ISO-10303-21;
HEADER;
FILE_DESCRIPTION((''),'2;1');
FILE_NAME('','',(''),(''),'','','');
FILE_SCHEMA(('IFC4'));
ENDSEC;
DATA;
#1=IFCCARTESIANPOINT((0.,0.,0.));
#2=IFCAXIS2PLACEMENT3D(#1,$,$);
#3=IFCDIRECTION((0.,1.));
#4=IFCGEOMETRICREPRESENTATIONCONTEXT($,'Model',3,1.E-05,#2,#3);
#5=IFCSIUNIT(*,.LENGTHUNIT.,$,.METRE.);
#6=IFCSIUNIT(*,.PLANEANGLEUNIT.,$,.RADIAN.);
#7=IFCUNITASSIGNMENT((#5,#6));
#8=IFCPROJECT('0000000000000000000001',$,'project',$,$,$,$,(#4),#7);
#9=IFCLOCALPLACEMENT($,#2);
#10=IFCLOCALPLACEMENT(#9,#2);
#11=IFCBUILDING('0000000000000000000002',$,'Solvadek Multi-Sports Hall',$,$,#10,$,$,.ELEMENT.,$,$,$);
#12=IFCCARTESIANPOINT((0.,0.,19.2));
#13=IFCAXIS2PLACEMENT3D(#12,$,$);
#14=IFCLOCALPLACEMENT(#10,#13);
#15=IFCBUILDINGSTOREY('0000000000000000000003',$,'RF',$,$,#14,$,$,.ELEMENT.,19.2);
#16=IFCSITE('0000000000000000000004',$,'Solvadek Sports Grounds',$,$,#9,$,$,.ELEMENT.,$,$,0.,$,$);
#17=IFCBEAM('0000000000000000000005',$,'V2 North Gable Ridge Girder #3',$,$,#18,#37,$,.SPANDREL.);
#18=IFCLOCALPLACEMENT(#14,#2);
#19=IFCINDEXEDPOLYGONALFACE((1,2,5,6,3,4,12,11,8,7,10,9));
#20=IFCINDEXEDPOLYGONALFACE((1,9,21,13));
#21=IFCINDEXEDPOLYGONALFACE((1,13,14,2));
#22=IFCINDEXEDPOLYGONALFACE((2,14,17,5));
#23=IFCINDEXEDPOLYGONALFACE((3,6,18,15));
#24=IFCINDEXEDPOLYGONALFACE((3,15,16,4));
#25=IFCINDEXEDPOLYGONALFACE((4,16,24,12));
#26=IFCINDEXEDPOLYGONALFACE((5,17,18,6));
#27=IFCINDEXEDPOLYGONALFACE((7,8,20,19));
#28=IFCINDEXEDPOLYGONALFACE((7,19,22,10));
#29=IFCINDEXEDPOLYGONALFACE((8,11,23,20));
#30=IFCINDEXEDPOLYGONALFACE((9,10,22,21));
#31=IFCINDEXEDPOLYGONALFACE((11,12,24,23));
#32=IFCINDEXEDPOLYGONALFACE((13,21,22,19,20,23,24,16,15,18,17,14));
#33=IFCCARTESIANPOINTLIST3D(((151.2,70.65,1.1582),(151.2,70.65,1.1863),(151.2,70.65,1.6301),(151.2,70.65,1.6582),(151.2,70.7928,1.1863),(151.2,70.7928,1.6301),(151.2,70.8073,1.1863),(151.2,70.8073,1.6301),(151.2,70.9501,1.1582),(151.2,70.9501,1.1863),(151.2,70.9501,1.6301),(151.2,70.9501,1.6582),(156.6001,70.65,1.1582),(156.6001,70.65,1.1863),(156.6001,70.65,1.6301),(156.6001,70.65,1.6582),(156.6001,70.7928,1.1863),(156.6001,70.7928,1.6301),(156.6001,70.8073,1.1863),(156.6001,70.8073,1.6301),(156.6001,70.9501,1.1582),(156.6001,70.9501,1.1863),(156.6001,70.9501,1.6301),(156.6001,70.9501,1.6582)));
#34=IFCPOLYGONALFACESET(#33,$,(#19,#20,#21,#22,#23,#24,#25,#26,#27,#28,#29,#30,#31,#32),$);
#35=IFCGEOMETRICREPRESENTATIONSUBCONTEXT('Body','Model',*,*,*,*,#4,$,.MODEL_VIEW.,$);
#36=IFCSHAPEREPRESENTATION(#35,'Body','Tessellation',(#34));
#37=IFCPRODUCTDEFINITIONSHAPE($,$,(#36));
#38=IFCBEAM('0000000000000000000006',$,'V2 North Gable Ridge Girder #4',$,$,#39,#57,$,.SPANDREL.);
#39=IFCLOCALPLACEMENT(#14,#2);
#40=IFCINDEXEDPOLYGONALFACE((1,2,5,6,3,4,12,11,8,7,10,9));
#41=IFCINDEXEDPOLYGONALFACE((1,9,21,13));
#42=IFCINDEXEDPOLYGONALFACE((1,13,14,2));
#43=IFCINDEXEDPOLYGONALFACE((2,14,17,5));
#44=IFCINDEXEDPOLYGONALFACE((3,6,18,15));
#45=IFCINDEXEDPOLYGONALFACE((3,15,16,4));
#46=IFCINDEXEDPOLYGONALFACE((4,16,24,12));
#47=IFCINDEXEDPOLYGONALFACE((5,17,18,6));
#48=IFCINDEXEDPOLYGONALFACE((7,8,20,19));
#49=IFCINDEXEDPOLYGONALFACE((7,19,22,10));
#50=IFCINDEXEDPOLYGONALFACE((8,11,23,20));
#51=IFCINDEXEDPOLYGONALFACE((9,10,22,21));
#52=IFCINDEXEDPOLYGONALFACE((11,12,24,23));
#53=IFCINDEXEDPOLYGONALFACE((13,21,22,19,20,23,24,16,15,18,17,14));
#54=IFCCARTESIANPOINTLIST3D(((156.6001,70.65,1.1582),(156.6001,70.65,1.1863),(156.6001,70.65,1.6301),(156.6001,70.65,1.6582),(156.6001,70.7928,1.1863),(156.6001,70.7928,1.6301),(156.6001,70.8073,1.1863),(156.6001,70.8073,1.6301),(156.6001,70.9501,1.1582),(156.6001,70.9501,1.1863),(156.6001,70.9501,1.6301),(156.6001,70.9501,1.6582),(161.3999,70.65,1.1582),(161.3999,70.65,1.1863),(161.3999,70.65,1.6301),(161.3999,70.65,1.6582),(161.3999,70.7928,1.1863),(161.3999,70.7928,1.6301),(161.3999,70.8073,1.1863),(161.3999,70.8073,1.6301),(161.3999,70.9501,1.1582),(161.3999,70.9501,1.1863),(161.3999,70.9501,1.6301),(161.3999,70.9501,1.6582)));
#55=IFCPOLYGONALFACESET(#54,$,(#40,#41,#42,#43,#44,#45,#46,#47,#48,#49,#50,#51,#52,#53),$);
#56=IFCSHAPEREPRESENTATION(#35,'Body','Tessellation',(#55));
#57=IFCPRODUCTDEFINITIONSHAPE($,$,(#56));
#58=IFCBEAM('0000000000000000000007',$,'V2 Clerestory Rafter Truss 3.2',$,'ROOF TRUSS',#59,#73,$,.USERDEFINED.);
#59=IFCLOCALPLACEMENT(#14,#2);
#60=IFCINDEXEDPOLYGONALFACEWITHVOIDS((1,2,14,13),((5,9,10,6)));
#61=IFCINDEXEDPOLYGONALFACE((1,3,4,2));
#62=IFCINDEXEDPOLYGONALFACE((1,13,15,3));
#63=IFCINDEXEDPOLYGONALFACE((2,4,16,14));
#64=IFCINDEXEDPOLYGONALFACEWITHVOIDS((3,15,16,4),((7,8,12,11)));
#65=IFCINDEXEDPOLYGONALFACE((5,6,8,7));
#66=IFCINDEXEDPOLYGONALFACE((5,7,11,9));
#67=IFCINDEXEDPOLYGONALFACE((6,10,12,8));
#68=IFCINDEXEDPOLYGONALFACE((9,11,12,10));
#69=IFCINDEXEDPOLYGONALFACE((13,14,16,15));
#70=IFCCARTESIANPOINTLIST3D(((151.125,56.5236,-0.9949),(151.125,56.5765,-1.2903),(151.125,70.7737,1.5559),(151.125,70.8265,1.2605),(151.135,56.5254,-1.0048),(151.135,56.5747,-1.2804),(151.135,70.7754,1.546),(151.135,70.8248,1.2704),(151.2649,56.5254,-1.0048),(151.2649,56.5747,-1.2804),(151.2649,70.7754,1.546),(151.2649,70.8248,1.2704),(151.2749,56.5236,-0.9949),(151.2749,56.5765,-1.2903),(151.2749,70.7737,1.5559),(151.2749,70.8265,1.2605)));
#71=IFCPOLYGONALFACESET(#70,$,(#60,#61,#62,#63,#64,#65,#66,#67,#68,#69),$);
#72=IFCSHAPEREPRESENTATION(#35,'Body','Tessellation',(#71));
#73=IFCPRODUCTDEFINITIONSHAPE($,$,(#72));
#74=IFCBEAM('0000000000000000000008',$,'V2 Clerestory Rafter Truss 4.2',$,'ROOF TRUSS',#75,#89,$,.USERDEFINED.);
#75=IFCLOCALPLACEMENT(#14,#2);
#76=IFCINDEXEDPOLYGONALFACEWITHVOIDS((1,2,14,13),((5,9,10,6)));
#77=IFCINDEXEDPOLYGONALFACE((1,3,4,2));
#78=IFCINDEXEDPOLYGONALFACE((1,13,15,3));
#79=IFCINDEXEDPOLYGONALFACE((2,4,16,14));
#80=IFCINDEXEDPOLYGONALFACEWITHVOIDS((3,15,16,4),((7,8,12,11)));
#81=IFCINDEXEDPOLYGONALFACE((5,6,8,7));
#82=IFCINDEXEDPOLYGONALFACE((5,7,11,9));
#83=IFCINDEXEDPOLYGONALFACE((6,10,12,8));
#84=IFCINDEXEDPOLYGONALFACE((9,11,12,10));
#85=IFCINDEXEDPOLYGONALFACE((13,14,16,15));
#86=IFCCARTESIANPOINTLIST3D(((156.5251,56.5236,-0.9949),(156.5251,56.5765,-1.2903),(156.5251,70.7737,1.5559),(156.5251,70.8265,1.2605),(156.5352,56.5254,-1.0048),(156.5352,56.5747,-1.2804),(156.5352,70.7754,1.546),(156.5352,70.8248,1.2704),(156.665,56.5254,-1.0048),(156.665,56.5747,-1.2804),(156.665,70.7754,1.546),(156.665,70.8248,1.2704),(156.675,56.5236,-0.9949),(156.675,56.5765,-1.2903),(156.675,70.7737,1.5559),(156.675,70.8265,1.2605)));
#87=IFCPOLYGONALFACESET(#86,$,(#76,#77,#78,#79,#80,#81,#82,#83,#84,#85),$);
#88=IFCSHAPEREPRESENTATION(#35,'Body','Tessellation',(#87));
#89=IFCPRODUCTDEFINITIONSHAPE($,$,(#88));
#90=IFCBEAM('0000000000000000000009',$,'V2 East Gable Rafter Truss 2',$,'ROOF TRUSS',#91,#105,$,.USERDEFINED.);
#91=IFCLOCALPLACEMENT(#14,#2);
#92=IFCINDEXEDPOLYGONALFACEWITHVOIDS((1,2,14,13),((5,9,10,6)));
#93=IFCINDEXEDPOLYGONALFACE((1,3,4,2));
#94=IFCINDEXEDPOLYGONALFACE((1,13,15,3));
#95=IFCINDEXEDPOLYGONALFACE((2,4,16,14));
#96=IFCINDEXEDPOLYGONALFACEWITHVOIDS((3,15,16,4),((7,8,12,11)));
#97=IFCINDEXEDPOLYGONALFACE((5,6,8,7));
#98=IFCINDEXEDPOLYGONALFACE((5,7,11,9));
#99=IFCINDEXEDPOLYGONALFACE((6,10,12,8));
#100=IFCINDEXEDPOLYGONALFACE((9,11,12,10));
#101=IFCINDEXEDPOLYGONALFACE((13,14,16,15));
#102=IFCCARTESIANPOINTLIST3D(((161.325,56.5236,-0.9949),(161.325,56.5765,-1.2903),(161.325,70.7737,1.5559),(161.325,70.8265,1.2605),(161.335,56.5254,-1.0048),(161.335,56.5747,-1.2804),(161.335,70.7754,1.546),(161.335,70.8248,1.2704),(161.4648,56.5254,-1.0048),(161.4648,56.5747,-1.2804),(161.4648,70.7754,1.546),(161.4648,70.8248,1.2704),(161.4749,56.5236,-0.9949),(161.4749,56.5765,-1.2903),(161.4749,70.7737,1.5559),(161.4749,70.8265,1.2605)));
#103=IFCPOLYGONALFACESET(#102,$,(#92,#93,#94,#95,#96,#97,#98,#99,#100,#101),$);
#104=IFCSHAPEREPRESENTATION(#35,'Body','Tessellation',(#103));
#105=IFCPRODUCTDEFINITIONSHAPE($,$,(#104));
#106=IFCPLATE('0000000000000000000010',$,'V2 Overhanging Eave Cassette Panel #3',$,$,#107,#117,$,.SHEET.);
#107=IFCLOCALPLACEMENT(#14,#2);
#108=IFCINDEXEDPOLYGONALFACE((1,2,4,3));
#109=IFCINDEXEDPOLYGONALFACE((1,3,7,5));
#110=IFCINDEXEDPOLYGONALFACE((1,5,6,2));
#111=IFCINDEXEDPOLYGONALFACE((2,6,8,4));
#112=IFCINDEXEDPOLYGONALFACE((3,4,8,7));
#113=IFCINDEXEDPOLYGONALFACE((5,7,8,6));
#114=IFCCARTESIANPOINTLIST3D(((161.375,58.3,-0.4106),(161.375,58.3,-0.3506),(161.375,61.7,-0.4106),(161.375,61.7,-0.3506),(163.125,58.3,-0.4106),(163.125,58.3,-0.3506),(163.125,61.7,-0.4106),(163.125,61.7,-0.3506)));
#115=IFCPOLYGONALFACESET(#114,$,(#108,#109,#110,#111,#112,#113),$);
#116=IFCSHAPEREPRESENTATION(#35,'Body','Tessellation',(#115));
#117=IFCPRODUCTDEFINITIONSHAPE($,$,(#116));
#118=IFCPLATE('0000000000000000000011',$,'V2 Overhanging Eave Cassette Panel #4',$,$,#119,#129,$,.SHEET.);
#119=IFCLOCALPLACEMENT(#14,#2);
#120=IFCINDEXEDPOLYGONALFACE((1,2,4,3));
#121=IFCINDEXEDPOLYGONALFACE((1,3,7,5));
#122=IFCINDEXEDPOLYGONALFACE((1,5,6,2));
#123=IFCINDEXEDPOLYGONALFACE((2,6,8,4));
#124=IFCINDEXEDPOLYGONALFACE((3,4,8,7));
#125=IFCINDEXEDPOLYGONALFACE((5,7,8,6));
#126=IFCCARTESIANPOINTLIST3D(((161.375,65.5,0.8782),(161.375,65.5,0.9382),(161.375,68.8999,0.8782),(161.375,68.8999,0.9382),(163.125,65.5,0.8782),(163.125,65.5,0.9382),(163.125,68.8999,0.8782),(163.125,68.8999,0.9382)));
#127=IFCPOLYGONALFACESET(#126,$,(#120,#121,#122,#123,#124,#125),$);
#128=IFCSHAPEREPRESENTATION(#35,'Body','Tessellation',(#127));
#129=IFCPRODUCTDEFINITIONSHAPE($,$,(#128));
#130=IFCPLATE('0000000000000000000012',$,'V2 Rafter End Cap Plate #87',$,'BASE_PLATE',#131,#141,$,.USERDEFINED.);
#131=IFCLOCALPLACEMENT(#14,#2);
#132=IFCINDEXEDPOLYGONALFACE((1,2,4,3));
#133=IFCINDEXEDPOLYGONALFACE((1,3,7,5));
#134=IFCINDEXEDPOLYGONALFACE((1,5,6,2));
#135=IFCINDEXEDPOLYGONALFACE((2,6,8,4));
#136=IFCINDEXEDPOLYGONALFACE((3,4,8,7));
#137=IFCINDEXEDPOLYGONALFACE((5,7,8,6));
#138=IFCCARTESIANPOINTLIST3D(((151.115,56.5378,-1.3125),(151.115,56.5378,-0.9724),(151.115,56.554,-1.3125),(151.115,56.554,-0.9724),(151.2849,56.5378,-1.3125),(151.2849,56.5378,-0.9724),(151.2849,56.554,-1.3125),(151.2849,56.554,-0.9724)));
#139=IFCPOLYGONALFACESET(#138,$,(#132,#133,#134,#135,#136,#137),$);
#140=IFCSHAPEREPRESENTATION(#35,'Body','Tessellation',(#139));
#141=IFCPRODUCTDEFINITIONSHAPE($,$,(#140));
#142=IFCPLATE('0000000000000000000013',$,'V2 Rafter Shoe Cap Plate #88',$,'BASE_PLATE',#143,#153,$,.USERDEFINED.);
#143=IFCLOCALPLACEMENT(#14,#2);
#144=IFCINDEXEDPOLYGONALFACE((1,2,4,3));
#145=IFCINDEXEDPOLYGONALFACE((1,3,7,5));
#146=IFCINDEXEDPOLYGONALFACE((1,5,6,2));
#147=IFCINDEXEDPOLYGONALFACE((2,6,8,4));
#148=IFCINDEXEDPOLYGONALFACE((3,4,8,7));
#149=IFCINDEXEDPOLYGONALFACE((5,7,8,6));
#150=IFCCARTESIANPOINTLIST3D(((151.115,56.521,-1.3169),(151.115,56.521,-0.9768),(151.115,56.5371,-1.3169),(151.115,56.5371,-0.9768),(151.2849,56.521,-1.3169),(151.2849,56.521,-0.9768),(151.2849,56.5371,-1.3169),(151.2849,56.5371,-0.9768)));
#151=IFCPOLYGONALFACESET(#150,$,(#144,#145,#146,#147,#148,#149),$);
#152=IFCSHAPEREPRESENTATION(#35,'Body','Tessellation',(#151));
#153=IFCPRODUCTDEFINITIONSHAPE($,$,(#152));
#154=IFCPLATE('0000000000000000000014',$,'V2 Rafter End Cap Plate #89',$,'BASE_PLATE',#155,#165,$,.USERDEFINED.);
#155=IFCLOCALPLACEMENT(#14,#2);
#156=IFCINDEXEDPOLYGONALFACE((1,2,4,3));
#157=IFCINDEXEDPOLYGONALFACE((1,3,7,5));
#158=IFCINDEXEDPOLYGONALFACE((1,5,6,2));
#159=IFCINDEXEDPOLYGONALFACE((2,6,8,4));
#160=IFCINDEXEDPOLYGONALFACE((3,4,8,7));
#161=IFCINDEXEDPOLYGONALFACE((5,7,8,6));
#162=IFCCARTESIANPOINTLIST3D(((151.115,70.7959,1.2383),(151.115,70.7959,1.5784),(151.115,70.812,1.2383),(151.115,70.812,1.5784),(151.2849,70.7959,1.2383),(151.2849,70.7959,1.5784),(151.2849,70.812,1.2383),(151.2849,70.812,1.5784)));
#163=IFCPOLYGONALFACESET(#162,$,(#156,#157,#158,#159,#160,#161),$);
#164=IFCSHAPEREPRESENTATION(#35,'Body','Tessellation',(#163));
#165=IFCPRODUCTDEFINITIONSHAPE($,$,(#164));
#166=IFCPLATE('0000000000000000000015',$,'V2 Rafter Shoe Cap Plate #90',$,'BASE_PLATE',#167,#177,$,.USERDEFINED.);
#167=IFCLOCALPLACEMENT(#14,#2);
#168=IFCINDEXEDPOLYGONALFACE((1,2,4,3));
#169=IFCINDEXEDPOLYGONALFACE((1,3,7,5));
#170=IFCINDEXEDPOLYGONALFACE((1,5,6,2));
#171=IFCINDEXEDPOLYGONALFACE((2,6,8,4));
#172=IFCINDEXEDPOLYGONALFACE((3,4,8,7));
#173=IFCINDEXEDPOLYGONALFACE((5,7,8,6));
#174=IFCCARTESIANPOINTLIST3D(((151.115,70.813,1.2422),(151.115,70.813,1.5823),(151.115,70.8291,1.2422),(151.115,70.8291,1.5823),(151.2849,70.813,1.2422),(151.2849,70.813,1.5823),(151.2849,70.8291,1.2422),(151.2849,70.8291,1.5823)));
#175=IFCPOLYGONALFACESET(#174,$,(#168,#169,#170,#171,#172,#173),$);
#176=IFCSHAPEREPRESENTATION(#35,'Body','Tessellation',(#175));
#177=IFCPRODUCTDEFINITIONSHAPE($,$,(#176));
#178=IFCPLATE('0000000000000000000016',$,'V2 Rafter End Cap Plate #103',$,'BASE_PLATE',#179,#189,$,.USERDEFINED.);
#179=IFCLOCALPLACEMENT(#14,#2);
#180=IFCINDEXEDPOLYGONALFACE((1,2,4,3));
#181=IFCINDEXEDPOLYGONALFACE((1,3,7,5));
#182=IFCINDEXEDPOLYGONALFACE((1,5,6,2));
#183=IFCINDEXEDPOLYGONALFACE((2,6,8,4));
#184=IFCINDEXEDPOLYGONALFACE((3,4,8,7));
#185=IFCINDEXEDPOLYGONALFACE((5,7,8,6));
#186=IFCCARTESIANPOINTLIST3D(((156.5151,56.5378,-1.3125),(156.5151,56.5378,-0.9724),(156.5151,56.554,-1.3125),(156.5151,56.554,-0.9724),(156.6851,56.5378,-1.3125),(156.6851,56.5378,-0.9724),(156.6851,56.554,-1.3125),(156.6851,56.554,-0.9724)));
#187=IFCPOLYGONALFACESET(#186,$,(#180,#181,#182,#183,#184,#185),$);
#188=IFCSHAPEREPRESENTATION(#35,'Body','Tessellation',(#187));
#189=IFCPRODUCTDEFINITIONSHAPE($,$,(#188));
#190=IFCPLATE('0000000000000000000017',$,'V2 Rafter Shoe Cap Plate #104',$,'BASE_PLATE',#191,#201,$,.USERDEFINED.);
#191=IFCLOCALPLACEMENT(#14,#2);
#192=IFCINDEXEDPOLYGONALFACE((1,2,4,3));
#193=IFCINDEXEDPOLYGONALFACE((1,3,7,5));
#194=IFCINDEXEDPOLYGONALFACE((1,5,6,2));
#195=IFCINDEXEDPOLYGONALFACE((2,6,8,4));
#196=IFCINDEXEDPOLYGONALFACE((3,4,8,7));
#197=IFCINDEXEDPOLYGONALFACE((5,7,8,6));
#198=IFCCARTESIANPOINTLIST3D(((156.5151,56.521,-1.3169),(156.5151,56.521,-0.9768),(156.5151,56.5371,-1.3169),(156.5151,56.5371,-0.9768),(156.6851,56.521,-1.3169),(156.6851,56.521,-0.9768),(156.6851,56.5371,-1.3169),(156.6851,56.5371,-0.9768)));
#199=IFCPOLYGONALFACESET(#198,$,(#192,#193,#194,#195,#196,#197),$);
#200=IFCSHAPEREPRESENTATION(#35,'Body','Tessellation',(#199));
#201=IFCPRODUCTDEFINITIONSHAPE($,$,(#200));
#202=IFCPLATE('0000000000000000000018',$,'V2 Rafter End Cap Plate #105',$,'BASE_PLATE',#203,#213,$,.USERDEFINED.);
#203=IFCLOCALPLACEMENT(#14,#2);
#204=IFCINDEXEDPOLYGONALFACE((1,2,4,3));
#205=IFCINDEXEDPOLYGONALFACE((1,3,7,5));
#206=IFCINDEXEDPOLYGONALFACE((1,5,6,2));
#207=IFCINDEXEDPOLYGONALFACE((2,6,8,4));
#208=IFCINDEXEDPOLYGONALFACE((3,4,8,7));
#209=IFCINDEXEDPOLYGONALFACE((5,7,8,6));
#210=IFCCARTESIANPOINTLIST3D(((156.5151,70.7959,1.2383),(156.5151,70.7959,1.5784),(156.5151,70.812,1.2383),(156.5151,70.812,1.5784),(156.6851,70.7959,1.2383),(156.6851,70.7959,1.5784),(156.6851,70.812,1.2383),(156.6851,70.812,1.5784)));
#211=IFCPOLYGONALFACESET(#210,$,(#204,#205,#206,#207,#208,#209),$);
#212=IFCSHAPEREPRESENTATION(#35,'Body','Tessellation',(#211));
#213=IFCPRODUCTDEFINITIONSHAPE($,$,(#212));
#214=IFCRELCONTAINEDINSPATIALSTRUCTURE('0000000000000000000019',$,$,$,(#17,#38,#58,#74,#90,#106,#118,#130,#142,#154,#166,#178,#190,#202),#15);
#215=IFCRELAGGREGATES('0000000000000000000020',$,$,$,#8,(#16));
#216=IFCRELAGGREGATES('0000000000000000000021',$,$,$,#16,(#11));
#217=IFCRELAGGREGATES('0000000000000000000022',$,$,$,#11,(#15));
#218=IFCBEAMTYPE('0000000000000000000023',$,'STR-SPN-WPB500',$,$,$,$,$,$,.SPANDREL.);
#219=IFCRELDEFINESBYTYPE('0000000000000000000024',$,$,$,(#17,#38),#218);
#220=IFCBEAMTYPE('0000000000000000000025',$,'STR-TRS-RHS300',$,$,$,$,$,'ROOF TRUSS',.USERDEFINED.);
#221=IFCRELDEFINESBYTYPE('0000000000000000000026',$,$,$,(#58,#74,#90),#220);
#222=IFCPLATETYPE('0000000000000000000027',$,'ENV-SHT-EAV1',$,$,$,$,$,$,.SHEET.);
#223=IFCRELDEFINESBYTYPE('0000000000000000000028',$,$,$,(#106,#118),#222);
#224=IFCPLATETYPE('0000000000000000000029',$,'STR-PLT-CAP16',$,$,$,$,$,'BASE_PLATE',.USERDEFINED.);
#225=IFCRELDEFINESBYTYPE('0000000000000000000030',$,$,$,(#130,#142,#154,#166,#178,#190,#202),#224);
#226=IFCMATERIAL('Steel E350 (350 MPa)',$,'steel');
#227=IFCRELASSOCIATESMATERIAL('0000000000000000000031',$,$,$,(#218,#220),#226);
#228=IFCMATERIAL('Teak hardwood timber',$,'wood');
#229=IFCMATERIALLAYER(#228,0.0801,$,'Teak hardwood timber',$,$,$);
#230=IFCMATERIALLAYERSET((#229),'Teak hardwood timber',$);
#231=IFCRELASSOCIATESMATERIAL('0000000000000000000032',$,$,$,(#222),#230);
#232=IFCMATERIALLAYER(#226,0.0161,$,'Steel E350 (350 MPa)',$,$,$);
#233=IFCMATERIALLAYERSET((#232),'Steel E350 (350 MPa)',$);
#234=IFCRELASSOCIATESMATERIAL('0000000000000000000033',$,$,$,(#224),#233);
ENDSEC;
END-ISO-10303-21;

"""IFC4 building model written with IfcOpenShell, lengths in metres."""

from ifc_helpers import new_model, si_unit, direction, frame, origin, origin_2d, place, context, subcontext, project, spatial, rectangle, hollow_rectangle, i_section, extrude, material, layer, layer_set, material_profile, profile_set, type_object, element, save


model = new_model("IFC4")

# Units and contexts
model_context = context("Model", 3, precision=1e-05, world=origin(), true_north=direction((0.0, 1.0)))
body_context = subcontext(model_context, "Body", "Model", "MODEL_VIEW")
ifc_project = project(units=[si_unit("LENGTHUNIT", "METRE"), si_unit("PLANEANGLEUNIT", "RADIAN")], contexts=[model_context])

# Site, building, storey
site_placement = place(None, origin())
site = spatial("IfcSite", under=ifc_project, at=site_placement, Name="Solvadek Sports Grounds", CompositionType="ELEMENT", RefElevation=0.0)
building_placement = place(site_placement, origin())
building = spatial("IfcBuilding", under=site, at=building_placement, Name="Solvadek Multi-Sports Hall", CompositionType="ELEMENT")
storey_placement = place(building_placement, frame((0.0, 0.0, 19.2)))
storey = spatial("IfcBuildingStorey", under=building, at=storey_placement, Name="RF", CompositionType="ELEMENT", Elevation=19.2)

# Shared definitions
ifc_material_1 = material(Name="Steel E350 (350 MPa)", Category="steel")

# Beams
ifc_material_profile_1 = material_profile(ifc_material_1, i_section(OverallWidth=0.3, OverallDepth=0.5, WebThickness=0.0144, FlangeThickness=0.0281, at=origin_2d()), Name="WPB 500")
ifc_profile_set_1 = profile_set([ifc_material_profile_1], Name="Steel E350 (350 MPa)")
beam_type_1 = type_object("IfcBeamType", Name="STR-SPN-WPB500", PredefinedType="SPANDREL", material=ifc_profile_set_1)
beam_1_placement = place(storey_placement, frame((151.2, 70.8, 1.4082), z_axis=(1.0, 0.0, 0.0), x_axis=(0.0, 1.0, 0.0)))
element("IfcBeam", 1, at=beam_1_placement, inside=storey, type_object=beam_type_1, Name="V2 North Gable Ridge Girder #3", PredefinedType="SPANDREL", context=body_context, shape_type="SweptSolid", body=[
    extrude(i_section(OverallWidth=0.3, OverallDepth=0.5, WebThickness=0.0144, FlangeThickness=0.0281, at=origin_2d()), origin(), (0.0, 0.0, 1.0), 5.4001),
])
beam_2_placement = place(storey_placement, frame((156.6001, 70.8, 1.4082), z_axis=(1.0, 0.0, 0.0), x_axis=(0.0, 1.0, 0.0)))
element("IfcBeam", 2, at=beam_2_placement, inside=storey, type_object=beam_type_1, Name="V2 North Gable Ridge Girder #4", PredefinedType="SPANDREL", context=body_context, shape_type="SweptSolid", body=[
    extrude(i_section(OverallWidth=0.3, OverallDepth=0.5, WebThickness=0.0144, FlangeThickness=0.0281, at=origin_2d()), origin(), (0.0, 0.0, 1.0), 4.7998),
])
ifc_material_profile_2 = material_profile(ifc_material_1, hollow_rectangle(XDim=0.1499, YDim=0.3, WallThickness=0.01, at=origin_2d()), Name="RHS 300x150x10")
ifc_profile_set_2 = profile_set([ifc_material_profile_2], Name="Steel E350 (350 MPa)")
beam_type_2 = type_object("IfcBeamType", Name="STR-TRS-RHS300", ElementType="ROOF TRUSS", PredefinedType="USERDEFINED", material=ifc_profile_set_2)
for number, where, z_axis, x_axis, name in (
    (3, (151.2, 56.55, -1.1426), (0.0, 0.984354, 0.176202), (-1.0, 0.0, 0.0), "V2 Clerestory Rafter Truss 3.2"),
    (4, (156.6001, 56.55, -1.1426), (0.0, 0.984354, 0.176202), (-1.0, 0.0, 0.0), "V2 Clerestory Rafter Truss 4.2"),
    (5, (161.3999, 56.55, -1.1426), (0.0, 0.984354, 0.176202), (-1.0, 0.0, 0.0), "V2 East Gable Rafter Truss 2"),
):
    element("IfcBeam", number, at=place(storey_placement, frame(where, z_axis=z_axis, x_axis=x_axis)), inside=storey, type_object=beam_type_2, Name=name, ObjectType="ROOF TRUSS", PredefinedType="USERDEFINED", context=body_context, shape_type="SweptSolid", body=[
        extrude(hollow_rectangle(XDim=0.1499, YDim=0.3, WallThickness=0.01, at=origin_2d()), origin(), (0.0, 0.0, 1.0), 14.4766),
    ])

# Plates
ifc_material_2 = material(Name="Teak hardwood timber", Category="wood")
ifc_layer_1 = layer(ifc_material_2, 0.0801, Name="Teak hardwood timber")
ifc_layer_set_1 = layer_set([ifc_layer_1], Name="Teak hardwood timber")
plate_type_1 = type_object("IfcPlateType", Name="ENV-SHT-EAV1", PredefinedType="SHEET", material=ifc_layer_set_1)
for number, where, z_axis, x_axis, name in (
    (6, (162.25, 60.0, -0.4106), (0.0, 0.0, 1.0), (1.0, 0.0, 0.0), "V2 Overhanging Eave Cassette Panel #3"),
    (7, (162.25, 67.2, 0.8782), (0.0, 0.0, 1.0), (1.0, 0.0, 0.0), "V2 Overhanging Eave Cassette Panel #4"),
):
    element("IfcPlate", number, at=place(storey_placement, frame(where, z_axis=z_axis, x_axis=x_axis)), inside=storey, type_object=plate_type_1, Name=name, PredefinedType="SHEET", context=body_context, shape_type="SweptSolid", body=[
        extrude(rectangle(XDim=1.75, YDim=3.3999, at=origin_2d()), origin(), (0.0, 0.0, 1.0), 0.0601),
    ])
ifc_layer_2 = layer(ifc_material_1, 0.0161, Name="Steel E350 (350 MPa)")
ifc_layer_set_2 = layer_set([ifc_layer_2], Name="Steel E350 (350 MPa)")
plate_type_2 = type_object("IfcPlateType", Name="STR-PLT-CAP16", ElementType="BASE_PLATE", PredefinedType="USERDEFINED", material=ifc_layer_set_2)
for number, where, z_axis, x_axis, name in (
    (8, (151.2, 56.5459, -1.3125), (0.0, 0.0, 1.0), (1.0, 0.0, 0.0), "V2 Rafter End Cap Plate #87"),
    (9, (151.2, 56.5291, -1.3169), (0.0, 0.0, 1.0), (1.0, 0.0, 0.0), "V2 Rafter Shoe Cap Plate #88"),
    (10, (151.2, 70.804, 1.2383), (0.0, 0.0, 1.0), (1.0, 0.0, 0.0), "V2 Rafter End Cap Plate #89"),
    (11, (151.2, 70.821, 1.2422), (0.0, 0.0, 1.0), (1.0, 0.0, 0.0), "V2 Rafter Shoe Cap Plate #90"),
    (12, (156.6001, 56.5459, -1.3125), (0.0, 0.0, 1.0), (1.0, 0.0, 0.0), "V2 Rafter End Cap Plate #103"),
    (13, (156.6001, 56.5291, -1.3169), (0.0, 0.0, 1.0), (1.0, 0.0, 0.0), "V2 Rafter Shoe Cap Plate #104"),
    (14, (156.6001, 70.804, 1.2383), (0.0, 0.0, 1.0), (1.0, 0.0, 0.0), "V2 Rafter End Cap Plate #105"),
):
    element("IfcPlate", number, at=place(storey_placement, frame(where, z_axis=z_axis, x_axis=x_axis)), inside=storey, type_object=plate_type_2, Name=name, ObjectType="BASE_PLATE", PredefinedType="USERDEFINED", context=body_context, shape_type="SweptSolid", body=[
        extrude(rectangle(XDim=0.1699, YDim=0.0161, at=origin_2d()), origin(), (0.0, 0.0, 1.0), 0.3401),
    ])

save(model, "model.ifc")
